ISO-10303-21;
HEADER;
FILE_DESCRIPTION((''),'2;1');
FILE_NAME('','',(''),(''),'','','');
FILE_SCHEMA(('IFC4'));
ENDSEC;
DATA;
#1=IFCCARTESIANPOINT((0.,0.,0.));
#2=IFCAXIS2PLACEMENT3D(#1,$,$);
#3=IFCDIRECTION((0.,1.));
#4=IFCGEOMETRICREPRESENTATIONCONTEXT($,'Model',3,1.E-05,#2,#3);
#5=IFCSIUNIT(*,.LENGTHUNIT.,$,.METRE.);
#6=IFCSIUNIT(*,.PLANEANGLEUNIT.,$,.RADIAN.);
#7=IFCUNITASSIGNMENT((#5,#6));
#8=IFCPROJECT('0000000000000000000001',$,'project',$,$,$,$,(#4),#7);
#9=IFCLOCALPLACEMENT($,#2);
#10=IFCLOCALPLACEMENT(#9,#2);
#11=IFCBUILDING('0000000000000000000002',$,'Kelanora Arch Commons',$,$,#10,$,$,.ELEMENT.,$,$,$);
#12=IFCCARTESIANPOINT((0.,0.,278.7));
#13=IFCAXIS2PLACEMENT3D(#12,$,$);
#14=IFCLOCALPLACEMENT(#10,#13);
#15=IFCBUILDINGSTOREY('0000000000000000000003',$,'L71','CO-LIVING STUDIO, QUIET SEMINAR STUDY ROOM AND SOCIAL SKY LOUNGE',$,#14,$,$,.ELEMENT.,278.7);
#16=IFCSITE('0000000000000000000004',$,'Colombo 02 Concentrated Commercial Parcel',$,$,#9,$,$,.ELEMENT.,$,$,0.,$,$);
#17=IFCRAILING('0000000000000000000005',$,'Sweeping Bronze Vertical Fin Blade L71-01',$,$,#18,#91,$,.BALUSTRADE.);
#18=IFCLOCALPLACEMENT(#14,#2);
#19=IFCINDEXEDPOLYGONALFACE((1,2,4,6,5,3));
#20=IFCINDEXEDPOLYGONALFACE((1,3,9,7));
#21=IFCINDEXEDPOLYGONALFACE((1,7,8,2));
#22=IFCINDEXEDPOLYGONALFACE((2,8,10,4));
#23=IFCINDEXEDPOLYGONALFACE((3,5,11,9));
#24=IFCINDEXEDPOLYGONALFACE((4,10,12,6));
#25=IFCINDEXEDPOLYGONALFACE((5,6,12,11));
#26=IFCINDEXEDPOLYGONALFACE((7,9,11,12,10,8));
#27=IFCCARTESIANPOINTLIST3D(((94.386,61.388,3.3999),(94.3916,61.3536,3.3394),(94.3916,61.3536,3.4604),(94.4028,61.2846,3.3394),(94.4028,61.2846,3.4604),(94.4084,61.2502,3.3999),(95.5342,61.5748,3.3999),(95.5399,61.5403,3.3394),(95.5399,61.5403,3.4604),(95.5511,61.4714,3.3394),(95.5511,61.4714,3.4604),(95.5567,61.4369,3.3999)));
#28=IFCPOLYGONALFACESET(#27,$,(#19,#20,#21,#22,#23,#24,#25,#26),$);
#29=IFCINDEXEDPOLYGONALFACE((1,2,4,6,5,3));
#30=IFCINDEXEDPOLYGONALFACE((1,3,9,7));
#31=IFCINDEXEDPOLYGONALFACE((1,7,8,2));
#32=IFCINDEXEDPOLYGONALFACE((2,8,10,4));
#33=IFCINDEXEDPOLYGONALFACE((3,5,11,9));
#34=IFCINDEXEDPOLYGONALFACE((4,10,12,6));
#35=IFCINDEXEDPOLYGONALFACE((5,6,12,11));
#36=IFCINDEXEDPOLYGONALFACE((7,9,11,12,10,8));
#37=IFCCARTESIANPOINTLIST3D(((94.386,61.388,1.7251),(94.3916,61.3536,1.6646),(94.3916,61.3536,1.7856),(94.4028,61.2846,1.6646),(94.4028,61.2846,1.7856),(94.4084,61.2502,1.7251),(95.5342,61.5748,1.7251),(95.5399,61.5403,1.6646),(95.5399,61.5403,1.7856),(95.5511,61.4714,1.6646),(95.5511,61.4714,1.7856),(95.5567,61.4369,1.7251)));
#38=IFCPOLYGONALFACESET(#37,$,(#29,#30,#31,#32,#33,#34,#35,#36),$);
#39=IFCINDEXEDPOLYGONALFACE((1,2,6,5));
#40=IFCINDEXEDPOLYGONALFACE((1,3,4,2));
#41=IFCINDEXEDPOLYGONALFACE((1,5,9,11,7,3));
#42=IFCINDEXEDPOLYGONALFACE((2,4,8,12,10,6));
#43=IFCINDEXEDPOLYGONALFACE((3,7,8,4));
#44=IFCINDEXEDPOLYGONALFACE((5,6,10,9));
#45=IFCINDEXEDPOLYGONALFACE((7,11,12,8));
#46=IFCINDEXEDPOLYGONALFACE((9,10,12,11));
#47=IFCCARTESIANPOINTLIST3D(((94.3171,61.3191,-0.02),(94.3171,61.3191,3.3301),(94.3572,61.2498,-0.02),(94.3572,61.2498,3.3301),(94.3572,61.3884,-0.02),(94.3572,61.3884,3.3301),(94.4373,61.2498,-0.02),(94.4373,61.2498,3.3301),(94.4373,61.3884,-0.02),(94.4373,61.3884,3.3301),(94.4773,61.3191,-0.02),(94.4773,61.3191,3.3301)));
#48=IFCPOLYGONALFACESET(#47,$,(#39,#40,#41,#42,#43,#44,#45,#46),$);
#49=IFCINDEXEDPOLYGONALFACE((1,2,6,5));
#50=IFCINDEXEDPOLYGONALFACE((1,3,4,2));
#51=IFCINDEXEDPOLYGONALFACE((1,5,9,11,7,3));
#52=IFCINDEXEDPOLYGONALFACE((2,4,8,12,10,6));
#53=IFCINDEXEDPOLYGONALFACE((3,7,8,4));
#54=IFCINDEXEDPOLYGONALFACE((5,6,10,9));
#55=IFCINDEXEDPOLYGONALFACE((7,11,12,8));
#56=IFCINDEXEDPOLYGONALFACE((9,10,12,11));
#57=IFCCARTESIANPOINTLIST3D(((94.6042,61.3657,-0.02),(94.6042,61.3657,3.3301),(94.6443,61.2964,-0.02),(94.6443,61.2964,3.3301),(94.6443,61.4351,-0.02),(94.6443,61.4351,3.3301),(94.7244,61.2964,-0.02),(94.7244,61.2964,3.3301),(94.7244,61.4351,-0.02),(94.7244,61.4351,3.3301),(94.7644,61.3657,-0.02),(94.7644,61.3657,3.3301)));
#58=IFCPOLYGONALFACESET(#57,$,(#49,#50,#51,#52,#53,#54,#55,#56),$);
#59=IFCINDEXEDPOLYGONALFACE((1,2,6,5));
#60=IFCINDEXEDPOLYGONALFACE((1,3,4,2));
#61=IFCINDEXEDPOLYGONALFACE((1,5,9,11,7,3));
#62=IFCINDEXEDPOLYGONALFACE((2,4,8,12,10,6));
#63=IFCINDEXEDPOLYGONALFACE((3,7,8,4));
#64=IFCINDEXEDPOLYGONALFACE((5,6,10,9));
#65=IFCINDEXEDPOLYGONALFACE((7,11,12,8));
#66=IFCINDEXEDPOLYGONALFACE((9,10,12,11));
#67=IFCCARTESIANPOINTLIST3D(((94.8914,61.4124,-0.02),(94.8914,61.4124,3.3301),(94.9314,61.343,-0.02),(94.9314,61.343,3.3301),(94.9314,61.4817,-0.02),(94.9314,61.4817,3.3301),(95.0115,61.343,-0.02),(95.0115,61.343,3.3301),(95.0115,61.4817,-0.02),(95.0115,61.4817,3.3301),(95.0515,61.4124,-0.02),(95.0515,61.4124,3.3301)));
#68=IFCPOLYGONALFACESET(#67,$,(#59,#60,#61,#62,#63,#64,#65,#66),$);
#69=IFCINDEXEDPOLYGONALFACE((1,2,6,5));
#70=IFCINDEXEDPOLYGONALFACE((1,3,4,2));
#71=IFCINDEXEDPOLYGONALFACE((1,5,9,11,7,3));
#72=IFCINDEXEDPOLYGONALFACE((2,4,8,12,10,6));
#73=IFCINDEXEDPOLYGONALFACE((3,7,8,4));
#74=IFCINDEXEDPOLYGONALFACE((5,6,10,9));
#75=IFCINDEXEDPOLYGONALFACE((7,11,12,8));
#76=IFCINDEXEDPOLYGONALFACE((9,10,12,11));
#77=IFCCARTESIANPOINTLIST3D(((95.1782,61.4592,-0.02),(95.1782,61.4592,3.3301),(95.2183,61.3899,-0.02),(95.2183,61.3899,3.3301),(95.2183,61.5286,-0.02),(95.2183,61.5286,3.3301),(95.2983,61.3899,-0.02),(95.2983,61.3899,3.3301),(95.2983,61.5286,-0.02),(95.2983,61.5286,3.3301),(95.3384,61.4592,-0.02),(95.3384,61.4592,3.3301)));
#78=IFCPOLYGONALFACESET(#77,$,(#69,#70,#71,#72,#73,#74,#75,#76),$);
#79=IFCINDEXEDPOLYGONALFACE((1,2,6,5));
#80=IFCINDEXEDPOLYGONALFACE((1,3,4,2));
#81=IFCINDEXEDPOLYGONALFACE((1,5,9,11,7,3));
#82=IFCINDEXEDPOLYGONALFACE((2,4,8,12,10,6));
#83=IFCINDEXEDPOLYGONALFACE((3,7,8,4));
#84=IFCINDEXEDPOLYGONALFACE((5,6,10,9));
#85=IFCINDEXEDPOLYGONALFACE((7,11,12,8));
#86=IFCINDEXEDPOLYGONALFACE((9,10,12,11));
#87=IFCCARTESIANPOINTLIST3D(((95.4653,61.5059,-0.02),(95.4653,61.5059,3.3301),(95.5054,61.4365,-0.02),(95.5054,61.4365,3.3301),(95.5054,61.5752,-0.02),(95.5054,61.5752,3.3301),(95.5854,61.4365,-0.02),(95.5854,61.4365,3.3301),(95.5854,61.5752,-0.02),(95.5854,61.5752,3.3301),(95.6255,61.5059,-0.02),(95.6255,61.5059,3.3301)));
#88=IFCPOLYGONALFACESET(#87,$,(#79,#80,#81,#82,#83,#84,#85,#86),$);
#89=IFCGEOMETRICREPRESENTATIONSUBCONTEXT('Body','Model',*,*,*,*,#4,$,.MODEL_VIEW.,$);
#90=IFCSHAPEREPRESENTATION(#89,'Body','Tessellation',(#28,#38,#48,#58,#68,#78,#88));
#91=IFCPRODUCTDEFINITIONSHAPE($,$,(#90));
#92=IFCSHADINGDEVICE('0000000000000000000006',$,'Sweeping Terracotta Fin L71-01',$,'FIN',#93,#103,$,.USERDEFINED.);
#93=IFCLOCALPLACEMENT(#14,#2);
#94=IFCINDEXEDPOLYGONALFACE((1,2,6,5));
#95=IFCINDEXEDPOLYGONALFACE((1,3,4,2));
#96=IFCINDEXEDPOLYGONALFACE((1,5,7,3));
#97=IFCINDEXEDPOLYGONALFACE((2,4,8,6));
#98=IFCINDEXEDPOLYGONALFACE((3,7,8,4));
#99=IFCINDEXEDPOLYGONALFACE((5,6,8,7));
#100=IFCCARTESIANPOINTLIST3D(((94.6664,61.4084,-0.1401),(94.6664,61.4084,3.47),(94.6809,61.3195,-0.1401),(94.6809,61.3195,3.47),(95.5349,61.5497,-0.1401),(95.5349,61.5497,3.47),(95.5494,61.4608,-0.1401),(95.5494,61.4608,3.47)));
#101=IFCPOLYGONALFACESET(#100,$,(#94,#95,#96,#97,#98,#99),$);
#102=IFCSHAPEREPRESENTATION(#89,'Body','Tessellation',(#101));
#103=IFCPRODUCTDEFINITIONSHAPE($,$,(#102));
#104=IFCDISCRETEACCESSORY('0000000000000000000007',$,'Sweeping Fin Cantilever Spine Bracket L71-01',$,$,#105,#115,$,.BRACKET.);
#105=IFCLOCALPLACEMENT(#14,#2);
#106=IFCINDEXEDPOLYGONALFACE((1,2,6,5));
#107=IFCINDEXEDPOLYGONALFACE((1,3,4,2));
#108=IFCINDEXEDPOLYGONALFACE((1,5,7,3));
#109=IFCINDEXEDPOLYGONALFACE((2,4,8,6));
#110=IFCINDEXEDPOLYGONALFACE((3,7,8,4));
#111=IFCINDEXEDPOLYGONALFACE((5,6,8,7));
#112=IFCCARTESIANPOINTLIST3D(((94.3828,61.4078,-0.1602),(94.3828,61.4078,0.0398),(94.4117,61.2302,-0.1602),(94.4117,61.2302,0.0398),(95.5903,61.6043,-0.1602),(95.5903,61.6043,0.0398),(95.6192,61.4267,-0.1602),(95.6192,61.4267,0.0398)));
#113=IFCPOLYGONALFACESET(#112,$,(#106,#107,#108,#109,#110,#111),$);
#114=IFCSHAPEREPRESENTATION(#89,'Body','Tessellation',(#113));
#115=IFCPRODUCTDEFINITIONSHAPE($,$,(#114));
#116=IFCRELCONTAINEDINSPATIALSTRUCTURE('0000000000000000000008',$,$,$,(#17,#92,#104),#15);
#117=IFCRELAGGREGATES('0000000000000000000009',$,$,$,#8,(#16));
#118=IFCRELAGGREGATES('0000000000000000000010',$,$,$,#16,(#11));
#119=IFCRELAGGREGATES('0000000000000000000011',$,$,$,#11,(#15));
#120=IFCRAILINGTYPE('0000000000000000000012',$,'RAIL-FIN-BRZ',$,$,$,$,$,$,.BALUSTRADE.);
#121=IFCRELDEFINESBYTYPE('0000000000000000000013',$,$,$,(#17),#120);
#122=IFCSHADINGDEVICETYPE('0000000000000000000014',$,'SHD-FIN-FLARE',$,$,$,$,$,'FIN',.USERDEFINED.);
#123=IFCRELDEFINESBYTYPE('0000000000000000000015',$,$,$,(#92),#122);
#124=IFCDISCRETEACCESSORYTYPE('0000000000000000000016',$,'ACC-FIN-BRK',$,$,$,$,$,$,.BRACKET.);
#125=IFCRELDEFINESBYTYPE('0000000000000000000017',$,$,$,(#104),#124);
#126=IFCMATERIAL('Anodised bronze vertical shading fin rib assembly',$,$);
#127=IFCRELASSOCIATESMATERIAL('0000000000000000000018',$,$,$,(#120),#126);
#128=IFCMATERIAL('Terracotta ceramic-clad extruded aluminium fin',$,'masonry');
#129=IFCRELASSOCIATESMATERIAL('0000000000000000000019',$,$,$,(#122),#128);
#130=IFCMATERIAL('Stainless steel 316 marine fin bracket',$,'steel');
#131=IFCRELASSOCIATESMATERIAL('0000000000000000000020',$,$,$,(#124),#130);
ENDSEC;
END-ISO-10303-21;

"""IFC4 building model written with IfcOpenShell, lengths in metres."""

from ifc_helpers import new_model, si_unit, direction, frame, origin, origin_2d, place, context, subcontext, project, spatial, polyline, rectangle, outline, extrude, source, transform, mapped, material, type_object, element, save


model = new_model("IFC4")

# Units and contexts
model_context = context("Model", 3, precision=1e-05, world=origin(), true_north=direction((0.0, 1.0)))
body_context = subcontext(model_context, "Body", "Model", "MODEL_VIEW")
ifc_project = project(units=[si_unit("LENGTHUNIT", "METRE"), si_unit("PLANEANGLEUNIT", "RADIAN")], contexts=[model_context])

# Site, building, storey
site_placement = place(None, origin())
site = spatial("IfcSite", under=ifc_project, at=site_placement, Name="Colombo 02 Concentrated Commercial Parcel", CompositionType="ELEMENT", RefElevation=0.0)
building_placement = place(site_placement, origin())
building = spatial("IfcBuilding", under=site, at=building_placement, Name="Kelanora Arch Commons", CompositionType="ELEMENT")
storey_placement = place(building_placement, frame((0.0, 0.0, 278.7)))
storey = spatial("IfcBuildingStorey", under=building, at=storey_placement, Name="L71", Description="CO-LIVING STUDIO, QUIET SEMINAR STUDY ROOM AND SOCIAL SKY LOUNGE", CompositionType="ELEMENT", Elevation=278.7)

# Railing
ifc_material_1 = material(Name="Anodised bronze vertical shading fin rib assembly")
railing_type = type_object("IfcRailingType", Name="RAIL-FIN-BRZ", PredefinedType="BALUSTRADE", material=ifc_material_1)
railing_placement = place(storey_placement, frame((94.3972, 61.3191, -0.02)))
element("IfcRailing", 1, at=railing_placement, inside=storey, type_object=railing_type, Name="Sweeping Bronze Vertical Fin Blade L71-01", PredefinedType="BALUSTRADE", context=body_context, shape_type="SweptSolid", body=[
    extrude(outline(polyline([(0.0698, 0.0), (0.0349, 0.0605), (-0.0349, 0.0605), (-0.0698, 0.0), (-0.0349, -0.0605), (0.0349, -0.0605), (0.0698, 0.0)])), frame((0.0, 0.0, 3.4199), z_axis=(0.987027, 0.160552, 0.0), x_axis=(-0.160552, 0.987027, 0.0)), (0.0, 0.0, 1.0), 1.1633),
    extrude(outline(polyline([(0.0698, 0.0), (0.0349, 0.0605), (-0.0349, 0.0605), (-0.0698, 0.0), (-0.0349, -0.0605), (0.0349, -0.0605), (0.0698, 0.0)])), frame((0.0, 0.0, 1.7451), z_axis=(0.987027, 0.160552, 0.0), x_axis=(-0.160552, 0.987027, 0.0)), (0.0, 0.0, 1.0), 1.1633),
    extrude(outline(polyline([(0.0801, 0.0), (0.04, 0.0693), (-0.04, 0.0693), (-0.0801, 0.0), (-0.04, -0.0693), (0.04, -0.0693), (0.0801, 0.0)])), origin(), (0.0, 0.0, 1.0), 3.3501),
    extrude(outline(polyline([(0.0801, 0.0), (0.04, 0.0693), (-0.04, 0.0693), (-0.0801, 0.0), (-0.04, -0.0693), (0.04, -0.0693), (0.0801, 0.0)])), frame((0.2871, 0.0466, 0.0)), (0.0, 0.0, 1.0), 3.3501),
    extrude(outline(polyline([(0.0801, 0.0), (0.04, 0.0693), (-0.04, 0.0693), (-0.0801, 0.0), (-0.04, -0.0693), (0.04, -0.0693), (0.0801, 0.0)])), frame((0.5742, 0.0933, 0.0)), (0.0, 0.0, 1.0), 3.3501),
    extrude(outline(polyline([(0.0801, 0.0), (0.04, 0.0693), (-0.04, 0.0693), (-0.0801, 0.0), (-0.04, -0.0693), (0.04, -0.0693), (0.0801, 0.0)])), frame((0.8611, 0.1401, 0.0)), (0.0, 0.0, 1.0), 3.3501),
    extrude(outline(polyline([(0.0801, 0.0), (0.04, 0.0693), (-0.04, 0.0693), (-0.0801, 0.0), (-0.04, -0.0693), (0.04, -0.0693), (0.0801, 0.0)])), frame((1.1482, 0.1868, 0.0)), (0.0, 0.0, 1.0), 3.3501),
])

# Shading device
ifc_material_2 = material(Name="Terracotta ceramic-clad extruded aluminium fin", Category="masonry")
shading_device_type = type_object("IfcShadingDeviceType", Name="SHD-FIN-FLARE", ElementType="FIN", PredefinedType="USERDEFINED", material=ifc_material_2)
shared_shape_1 = source(origin(), body_context, "Body", "SweptSolid", [
    extrude(rectangle(XDim=0.8799, YDim=0.0901, at=origin_2d()), origin(), (0.0, 0.0, 1.0), 3.6101),
])
shading_device_placement = place(storey_placement, frame((95.1079, 61.4346, -0.1401), z_axis=(0.0, 0.0, 1.0), x_axis=(0.987024, 0.16057, 0.0)))
element("IfcShadingDevice", 2, at=shading_device_placement, inside=storey, type_object=shading_device_type, Name="Sweeping Terracotta Fin L71-01", ObjectType="FIN", PredefinedType="USERDEFINED", context=body_context, shape_type="MappedRepresentation", body=[
    mapped(shared_shape_1, transform((0.0, 0.0, 0.0), scale=1.0)),
])

# Discrete accessory
ifc_material_3 = material(Name="Stainless steel 316 marine fin bracket", Category="steel")
discrete_accessory_type = type_object("IfcDiscreteAccessoryType", Name="ACC-FIN-BRK", PredefinedType="BRACKET", material=ifc_material_3)
shared_shape_2 = source(origin(), body_context, "Body", "SweptSolid", [
    extrude(rectangle(XDim=1.2234, YDim=0.1799, at=origin_2d()), origin(), (0.0, 0.0, 1.0), 0.2),
])
discrete_accessory_placement = place(storey_placement, frame((95.001, 61.4172, -0.1602), z_axis=(0.0, 0.0, 1.0), x_axis=(0.987024, 0.16057, 0.0)))
element("IfcDiscreteAccessory", 3, at=discrete_accessory_placement, inside=storey, type_object=discrete_accessory_type, Name="Sweeping Fin Cantilever Spine Bracket L71-01", PredefinedType="BRACKET", context=body_context, shape_type="MappedRepresentation", body=[
    mapped(shared_shape_2, transform((0.0, 0.0, 0.0), scale=1.0)),
])

save(model, "model.ifc")
